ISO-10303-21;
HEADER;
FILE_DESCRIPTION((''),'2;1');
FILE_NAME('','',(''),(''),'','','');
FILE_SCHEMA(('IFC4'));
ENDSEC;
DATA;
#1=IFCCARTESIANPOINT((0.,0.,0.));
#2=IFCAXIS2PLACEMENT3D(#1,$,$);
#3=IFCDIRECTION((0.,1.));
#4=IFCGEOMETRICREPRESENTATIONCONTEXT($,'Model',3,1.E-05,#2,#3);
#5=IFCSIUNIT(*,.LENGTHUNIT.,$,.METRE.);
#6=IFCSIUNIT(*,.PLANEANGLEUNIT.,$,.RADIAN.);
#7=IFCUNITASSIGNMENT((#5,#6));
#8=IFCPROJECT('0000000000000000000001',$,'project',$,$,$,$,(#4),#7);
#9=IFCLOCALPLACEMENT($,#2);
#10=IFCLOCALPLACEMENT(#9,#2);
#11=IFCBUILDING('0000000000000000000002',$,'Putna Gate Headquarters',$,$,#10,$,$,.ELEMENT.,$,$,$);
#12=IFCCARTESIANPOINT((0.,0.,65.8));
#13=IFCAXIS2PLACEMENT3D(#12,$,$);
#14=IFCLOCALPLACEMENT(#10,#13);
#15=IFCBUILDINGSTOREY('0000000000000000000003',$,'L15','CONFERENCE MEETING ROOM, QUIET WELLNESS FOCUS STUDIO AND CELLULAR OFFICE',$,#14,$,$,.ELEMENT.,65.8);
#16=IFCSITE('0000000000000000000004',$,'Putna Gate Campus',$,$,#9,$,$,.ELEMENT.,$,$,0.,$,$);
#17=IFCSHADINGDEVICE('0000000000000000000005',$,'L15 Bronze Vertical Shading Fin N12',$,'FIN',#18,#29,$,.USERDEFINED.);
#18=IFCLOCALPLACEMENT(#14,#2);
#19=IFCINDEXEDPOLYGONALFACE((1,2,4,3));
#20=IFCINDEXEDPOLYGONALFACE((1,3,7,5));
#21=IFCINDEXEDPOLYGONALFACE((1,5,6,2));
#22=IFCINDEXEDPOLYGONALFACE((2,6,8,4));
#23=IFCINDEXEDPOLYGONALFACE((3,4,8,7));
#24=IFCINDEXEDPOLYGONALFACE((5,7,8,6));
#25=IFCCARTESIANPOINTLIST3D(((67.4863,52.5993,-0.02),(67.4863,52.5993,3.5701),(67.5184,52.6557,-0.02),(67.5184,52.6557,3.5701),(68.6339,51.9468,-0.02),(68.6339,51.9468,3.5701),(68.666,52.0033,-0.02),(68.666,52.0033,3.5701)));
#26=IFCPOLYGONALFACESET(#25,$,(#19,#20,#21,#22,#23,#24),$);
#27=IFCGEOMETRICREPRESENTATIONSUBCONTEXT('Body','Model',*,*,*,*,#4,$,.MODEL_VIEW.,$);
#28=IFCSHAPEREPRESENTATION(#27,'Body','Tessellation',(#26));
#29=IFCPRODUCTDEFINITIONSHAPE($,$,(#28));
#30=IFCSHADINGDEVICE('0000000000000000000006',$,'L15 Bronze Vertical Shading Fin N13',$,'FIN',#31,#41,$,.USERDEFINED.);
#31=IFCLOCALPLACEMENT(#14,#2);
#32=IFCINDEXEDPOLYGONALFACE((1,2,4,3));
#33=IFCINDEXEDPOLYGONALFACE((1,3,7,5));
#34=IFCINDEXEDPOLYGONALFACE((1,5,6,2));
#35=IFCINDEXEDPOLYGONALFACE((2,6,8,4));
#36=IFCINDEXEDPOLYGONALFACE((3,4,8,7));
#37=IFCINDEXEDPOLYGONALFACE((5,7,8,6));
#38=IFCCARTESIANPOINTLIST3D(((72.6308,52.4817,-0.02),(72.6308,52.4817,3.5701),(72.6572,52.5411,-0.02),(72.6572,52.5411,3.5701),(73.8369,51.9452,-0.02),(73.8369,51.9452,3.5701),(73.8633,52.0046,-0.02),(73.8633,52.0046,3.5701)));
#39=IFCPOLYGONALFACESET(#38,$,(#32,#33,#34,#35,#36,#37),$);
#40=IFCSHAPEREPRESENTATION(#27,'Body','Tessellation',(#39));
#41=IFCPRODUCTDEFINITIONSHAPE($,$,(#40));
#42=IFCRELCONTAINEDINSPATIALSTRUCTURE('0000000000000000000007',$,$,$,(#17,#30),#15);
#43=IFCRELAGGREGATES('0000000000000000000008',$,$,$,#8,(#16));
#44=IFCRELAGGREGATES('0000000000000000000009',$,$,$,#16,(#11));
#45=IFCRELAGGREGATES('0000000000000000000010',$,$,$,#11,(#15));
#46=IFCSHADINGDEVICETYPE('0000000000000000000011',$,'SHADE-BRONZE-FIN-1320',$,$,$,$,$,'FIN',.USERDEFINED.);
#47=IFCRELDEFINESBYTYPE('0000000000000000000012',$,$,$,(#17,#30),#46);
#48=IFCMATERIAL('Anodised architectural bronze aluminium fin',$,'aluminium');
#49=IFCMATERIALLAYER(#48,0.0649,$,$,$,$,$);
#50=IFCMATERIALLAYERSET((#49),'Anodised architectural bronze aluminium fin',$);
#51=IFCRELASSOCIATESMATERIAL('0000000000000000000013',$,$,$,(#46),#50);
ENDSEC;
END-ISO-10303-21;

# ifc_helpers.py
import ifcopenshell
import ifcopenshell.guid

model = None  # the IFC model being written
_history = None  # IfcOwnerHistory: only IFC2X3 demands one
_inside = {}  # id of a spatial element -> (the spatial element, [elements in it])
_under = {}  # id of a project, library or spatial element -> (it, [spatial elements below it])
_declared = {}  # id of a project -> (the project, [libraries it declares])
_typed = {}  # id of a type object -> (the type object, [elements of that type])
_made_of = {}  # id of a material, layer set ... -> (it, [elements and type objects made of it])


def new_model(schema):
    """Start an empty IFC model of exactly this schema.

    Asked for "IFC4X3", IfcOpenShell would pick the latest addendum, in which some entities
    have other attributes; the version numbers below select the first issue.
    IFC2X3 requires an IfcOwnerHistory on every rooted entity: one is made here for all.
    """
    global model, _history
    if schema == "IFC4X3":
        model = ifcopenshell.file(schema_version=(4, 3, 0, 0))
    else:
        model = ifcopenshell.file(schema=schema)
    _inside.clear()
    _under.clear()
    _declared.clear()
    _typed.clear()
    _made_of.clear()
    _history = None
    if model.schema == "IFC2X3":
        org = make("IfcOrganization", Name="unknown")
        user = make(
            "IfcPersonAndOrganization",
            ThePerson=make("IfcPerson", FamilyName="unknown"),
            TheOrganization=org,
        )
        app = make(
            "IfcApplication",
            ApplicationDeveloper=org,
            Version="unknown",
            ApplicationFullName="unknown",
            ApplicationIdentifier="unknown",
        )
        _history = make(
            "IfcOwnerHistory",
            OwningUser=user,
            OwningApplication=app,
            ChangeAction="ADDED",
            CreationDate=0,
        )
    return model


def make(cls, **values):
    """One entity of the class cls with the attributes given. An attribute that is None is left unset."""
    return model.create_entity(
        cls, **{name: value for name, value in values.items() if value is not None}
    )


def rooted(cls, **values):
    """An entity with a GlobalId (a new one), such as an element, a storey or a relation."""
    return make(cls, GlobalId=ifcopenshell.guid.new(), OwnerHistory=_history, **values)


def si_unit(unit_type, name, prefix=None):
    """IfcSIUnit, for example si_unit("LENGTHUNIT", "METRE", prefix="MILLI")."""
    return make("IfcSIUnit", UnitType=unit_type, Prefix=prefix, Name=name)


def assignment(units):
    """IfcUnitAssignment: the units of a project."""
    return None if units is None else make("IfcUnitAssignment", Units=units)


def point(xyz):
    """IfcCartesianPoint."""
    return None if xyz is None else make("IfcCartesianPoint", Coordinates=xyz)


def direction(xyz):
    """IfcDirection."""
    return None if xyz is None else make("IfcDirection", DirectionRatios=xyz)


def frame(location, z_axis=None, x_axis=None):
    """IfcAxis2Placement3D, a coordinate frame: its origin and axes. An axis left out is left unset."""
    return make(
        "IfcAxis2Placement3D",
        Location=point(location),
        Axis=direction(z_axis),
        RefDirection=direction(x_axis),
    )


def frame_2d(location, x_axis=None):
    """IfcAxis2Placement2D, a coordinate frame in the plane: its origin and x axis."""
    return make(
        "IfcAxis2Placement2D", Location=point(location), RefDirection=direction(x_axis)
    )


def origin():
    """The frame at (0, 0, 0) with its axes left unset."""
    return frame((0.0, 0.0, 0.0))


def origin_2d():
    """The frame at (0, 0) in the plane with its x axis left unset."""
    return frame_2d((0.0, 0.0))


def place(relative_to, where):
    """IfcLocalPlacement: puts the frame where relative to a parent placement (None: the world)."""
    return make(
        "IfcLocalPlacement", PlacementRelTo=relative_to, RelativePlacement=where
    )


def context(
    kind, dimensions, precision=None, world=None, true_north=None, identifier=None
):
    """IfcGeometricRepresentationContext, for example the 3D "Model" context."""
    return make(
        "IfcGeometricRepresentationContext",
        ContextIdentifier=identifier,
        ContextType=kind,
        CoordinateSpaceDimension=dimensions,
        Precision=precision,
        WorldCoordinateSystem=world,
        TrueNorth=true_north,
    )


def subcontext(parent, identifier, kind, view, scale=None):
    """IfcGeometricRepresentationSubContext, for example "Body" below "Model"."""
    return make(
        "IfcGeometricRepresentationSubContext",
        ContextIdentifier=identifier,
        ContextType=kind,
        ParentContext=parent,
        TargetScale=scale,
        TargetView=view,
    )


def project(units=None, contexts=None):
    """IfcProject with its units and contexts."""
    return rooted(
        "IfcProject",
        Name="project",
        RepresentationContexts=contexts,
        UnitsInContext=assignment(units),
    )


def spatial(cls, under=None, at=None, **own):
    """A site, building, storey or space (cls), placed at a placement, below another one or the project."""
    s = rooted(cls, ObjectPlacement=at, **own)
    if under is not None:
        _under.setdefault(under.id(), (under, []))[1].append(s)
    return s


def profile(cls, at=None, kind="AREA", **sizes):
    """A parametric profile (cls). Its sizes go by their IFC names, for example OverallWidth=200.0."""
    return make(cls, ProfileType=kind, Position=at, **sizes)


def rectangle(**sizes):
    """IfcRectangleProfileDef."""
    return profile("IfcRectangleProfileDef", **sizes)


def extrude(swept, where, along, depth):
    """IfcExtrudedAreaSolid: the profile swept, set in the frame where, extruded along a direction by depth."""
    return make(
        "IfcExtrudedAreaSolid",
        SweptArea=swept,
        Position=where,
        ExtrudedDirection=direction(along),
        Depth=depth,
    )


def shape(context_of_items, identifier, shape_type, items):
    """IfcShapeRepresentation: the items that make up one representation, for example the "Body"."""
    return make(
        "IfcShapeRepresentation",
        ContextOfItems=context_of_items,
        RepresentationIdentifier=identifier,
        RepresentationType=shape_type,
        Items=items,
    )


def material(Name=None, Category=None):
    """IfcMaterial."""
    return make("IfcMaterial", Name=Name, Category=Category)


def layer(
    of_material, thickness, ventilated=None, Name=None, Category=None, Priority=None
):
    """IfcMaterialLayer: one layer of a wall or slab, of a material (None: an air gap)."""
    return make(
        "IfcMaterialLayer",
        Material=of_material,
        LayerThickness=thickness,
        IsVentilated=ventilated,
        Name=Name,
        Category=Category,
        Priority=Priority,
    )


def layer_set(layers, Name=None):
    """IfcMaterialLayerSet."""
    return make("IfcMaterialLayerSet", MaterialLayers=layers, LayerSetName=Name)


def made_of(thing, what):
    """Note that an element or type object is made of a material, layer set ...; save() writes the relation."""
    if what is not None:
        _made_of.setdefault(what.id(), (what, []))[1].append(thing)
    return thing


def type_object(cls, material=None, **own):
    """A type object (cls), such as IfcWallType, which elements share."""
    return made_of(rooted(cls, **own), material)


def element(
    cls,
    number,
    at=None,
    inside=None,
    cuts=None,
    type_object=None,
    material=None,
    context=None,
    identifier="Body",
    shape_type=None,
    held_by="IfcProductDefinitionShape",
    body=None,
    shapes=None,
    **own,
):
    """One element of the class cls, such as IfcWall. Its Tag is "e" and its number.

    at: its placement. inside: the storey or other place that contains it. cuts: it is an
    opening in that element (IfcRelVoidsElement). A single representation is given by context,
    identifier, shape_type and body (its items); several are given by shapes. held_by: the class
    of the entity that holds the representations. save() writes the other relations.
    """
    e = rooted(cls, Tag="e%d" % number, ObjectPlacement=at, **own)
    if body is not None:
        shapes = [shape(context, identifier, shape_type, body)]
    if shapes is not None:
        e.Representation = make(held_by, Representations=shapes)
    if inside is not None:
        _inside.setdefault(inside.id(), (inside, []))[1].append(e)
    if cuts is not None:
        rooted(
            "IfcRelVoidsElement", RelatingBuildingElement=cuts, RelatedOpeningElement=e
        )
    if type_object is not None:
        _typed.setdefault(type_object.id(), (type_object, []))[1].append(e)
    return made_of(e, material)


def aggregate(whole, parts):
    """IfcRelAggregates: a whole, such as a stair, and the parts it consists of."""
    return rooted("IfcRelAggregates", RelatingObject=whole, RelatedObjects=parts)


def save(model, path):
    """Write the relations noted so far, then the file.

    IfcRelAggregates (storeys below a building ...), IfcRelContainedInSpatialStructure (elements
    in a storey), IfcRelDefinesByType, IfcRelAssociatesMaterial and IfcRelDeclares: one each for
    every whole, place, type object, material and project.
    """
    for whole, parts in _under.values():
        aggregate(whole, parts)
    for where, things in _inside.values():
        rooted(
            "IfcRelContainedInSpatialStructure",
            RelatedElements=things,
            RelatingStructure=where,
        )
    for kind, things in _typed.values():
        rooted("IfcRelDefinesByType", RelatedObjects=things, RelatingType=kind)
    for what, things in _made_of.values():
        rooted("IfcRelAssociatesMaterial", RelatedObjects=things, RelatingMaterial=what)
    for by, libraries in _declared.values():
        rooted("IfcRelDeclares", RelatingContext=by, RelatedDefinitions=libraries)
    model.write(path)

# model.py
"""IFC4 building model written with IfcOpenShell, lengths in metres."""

from ifc_helpers import new_model, si_unit, direction, frame, origin, origin_2d, place, context, subcontext, project, spatial, rectangle, extrude, material, layer, layer_set, type_object, element, save


model = new_model("IFC4")

# Units and contexts
model_context = context("Model", 3, precision=1e-05, world=origin(), true_north=direction((0.0, 1.0)))
body_context = subcontext(model_context, "Body", "Model", "MODEL_VIEW")
ifc_project = project(units=[si_unit("LENGTHUNIT", "METRE"), si_unit("PLANEANGLEUNIT", "RADIAN")], contexts=[model_context])

# Site, building, storey
site_placement = place(None, origin())
site = spatial("IfcSite", under=ifc_project, at=site_placement, Name="Putna Gate Campus", CompositionType="ELEMENT", RefElevation=0.0)
building_placement = place(site_placement, origin())
building = spatial("IfcBuilding", under=site, at=building_placement, Name="Putna Gate Headquarters", CompositionType="ELEMENT")
storey_placement = place(building_placement, frame((0.0, 0.0, 65.8)))
storey = spatial("IfcBuildingStorey", under=building, at=storey_placement, Name="L15", Description="CONFERENCE MEETING ROOM, QUIET WELLNESS FOCUS STUDIO AND CELLULAR OFFICE", CompositionType="ELEMENT", Elevation=65.8)

# Shading devices
ifc_material_1 = material(Name="Anodised architectural bronze aluminium fin", Category="aluminium")
ifc_layer_1 = layer(ifc_material_1, 0.0649)
ifc_layer_set_1 = layer_set([ifc_layer_1], Name="Anodised architectural bronze aluminium fin")
shading_device_type = type_object("IfcShadingDeviceType", Name="SHADE-BRONZE-FIN-1320", ElementType="FIN", PredefinedType="USERDEFINED", material=ifc_layer_set_1)
for number, where, z_axis, x_axis, name in (
    (1, (68.0762, 52.3013, -0.02), (0.0, 0.0, 1.0), (-0.869322, 0.494245, 0.0), "L15 Bronze Vertical Shading Fin N12"),
    (2, (73.2471, 52.2432, -0.02), (0.0, 0.0, 1.0), (-0.913687, 0.406418, 0.0), "L15 Bronze Vertical Shading Fin N13"),
):
    element("IfcShadingDevice", number, at=place(storey_placement, frame(where, z_axis=z_axis, x_axis=x_axis)), inside=storey, type_object=shading_device_type, Name=name, ObjectType="FIN", PredefinedType="USERDEFINED", context=body_context, shape_type="SweptSolid", body=[
        extrude(rectangle(XDim=1.3201, YDim=0.0649, at=origin_2d()), origin(), (0.0, 0.0, 1.0), 3.5901),
    ])

save(model, "model.ifc")
